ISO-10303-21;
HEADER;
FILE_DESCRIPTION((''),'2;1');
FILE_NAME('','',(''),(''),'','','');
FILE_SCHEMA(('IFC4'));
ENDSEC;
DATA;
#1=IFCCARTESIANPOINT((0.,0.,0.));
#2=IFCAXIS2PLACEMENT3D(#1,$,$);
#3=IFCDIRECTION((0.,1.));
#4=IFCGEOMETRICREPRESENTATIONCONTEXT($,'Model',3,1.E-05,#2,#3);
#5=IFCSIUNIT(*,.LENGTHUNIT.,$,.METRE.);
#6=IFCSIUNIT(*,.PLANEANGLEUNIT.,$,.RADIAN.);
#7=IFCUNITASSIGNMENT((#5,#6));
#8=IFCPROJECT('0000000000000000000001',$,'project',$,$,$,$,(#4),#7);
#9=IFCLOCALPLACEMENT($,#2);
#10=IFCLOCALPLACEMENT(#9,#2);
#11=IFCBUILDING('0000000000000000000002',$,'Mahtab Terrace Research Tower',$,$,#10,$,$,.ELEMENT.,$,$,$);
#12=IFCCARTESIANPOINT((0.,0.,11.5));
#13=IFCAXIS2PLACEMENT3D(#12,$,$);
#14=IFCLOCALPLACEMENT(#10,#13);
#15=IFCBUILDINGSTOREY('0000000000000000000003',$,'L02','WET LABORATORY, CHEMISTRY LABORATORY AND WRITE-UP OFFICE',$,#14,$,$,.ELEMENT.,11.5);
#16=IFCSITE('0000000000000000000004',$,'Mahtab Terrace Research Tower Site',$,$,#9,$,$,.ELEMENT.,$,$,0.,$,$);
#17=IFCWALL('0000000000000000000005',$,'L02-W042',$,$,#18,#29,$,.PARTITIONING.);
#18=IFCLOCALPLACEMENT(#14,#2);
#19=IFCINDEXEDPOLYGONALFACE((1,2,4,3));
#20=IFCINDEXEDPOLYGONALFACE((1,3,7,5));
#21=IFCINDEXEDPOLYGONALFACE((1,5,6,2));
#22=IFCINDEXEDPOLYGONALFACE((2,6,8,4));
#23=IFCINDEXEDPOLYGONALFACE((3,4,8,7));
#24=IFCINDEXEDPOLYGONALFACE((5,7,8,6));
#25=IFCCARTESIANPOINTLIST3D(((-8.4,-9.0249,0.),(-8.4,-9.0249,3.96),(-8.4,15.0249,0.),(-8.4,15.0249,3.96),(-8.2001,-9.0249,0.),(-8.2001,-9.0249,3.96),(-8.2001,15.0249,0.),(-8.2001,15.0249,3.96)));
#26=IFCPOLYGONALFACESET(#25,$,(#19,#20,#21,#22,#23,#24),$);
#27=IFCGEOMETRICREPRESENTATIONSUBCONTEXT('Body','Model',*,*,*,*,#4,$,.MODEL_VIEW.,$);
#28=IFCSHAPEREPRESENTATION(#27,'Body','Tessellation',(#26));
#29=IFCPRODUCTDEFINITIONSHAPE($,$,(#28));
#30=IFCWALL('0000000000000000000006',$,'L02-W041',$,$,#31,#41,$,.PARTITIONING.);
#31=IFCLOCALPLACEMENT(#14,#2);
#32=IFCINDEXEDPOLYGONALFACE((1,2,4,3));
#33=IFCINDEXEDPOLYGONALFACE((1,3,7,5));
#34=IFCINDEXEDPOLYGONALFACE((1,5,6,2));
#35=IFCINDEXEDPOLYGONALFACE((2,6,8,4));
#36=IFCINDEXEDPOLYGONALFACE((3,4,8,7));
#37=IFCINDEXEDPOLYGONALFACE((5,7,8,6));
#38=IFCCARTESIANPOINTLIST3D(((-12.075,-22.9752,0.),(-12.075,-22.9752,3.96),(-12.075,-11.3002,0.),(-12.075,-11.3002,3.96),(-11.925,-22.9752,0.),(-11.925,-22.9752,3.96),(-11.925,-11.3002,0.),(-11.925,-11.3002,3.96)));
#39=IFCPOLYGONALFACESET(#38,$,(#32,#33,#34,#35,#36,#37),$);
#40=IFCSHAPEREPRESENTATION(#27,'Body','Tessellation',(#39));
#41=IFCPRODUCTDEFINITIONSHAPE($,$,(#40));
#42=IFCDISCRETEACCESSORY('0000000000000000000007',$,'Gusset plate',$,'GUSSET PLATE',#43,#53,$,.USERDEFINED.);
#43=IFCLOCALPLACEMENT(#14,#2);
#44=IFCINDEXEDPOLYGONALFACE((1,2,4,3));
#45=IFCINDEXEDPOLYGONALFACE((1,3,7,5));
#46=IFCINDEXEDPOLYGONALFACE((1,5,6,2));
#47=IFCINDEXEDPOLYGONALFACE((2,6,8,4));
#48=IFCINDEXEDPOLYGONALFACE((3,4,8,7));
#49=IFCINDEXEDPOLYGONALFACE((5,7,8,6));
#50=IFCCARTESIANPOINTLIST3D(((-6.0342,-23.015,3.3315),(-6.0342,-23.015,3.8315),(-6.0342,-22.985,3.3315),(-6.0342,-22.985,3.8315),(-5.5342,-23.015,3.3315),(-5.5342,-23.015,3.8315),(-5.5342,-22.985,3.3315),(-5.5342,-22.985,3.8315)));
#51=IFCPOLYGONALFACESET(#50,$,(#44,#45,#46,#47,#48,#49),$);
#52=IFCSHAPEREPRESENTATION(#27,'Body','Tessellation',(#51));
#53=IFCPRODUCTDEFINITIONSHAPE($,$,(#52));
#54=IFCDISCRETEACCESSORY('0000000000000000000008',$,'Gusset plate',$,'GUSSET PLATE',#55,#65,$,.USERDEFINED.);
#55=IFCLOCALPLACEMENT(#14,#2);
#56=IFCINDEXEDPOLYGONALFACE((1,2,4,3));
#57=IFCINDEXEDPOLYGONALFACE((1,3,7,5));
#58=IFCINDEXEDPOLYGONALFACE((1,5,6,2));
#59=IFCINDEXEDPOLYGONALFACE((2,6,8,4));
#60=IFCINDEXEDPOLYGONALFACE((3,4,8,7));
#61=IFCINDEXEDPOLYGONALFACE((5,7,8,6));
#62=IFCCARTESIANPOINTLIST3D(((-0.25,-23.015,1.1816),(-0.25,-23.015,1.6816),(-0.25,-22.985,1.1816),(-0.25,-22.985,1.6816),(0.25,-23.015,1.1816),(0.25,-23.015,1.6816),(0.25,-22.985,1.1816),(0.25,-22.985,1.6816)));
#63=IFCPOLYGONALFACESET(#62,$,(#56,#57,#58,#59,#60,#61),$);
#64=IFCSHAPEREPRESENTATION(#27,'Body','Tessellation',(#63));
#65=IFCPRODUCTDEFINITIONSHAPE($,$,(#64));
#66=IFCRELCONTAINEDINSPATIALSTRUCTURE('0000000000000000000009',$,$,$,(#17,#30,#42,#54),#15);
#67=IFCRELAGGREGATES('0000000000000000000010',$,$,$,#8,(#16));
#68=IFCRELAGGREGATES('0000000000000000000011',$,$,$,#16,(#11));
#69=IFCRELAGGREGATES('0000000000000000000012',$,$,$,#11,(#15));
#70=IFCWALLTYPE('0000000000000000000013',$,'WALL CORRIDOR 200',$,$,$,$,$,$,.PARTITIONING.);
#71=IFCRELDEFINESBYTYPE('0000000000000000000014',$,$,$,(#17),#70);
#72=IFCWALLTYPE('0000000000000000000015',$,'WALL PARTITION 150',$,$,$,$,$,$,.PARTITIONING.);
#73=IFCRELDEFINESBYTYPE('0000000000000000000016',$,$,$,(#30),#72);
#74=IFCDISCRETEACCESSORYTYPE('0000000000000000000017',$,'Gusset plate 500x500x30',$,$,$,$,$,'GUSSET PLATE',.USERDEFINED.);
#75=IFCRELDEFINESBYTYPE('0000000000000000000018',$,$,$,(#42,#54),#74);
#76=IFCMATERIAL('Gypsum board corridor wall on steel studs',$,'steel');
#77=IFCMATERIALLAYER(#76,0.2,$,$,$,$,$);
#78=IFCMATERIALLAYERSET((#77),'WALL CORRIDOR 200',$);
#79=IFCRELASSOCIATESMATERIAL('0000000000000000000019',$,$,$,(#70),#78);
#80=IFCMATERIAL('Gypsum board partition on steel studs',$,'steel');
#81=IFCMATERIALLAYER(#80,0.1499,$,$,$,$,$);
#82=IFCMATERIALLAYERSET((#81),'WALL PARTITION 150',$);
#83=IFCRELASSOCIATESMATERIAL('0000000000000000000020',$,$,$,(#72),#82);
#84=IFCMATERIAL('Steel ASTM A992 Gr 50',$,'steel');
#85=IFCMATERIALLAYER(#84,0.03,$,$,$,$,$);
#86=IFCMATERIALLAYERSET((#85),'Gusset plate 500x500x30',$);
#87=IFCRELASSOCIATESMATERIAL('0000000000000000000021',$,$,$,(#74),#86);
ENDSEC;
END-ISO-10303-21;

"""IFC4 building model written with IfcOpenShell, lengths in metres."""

from ifc_helpers import new_model, si_unit, direction, frame, frame_2d, origin, origin_2d, place, context, subcontext, project, spatial, rectangle, extrude, material, layer, layer_set, type_object, element, save


model = new_model("IFC4")

# Units and contexts
model_context = context("Model", 3, precision=1e-05, world=origin(), true_north=direction((0.0, 1.0)))
body_context = subcontext(model_context, "Body", "Model", "MODEL_VIEW")
ifc_project = project(units=[si_unit("LENGTHUNIT", "METRE"), si_unit("PLANEANGLEUNIT", "RADIAN")], contexts=[model_context])

# Site, building, storey
site_placement = place(None, origin())
site = spatial("IfcSite", under=ifc_project, at=site_placement, Name="Mahtab Terrace Research Tower Site", CompositionType="ELEMENT", RefElevation=0.0)
building_placement = place(site_placement, origin())
building = spatial("IfcBuilding", under=site, at=building_placement, Name="Mahtab Terrace Research Tower", CompositionType="ELEMENT")
storey_placement = place(building_placement, frame((0.0, 0.0, 11.5)))
storey = spatial("IfcBuildingStorey", under=building, at=storey_placement, Name="L02", Description="WET LABORATORY, CHEMISTRY LABORATORY AND WRITE-UP OFFICE", CompositionType="ELEMENT", Elevation=11.5)

# Shared definitions
ifc_material_1 = material(Name="Steel ASTM A992 Gr 50", Category="steel")

# Shared definitions
ifc_material_2 = material(Name="Gypsum board corridor wall on steel studs", Category="steel")
ifc_layer_1 = layer(ifc_material_2, 0.2)
ifc_layer_set_1 = layer_set([ifc_layer_1], Name="WALL CORRIDOR 200")
wall_type_1 = type_object("IfcWallType", Name="WALL CORRIDOR 200", PredefinedType="PARTITIONING", material=ifc_layer_set_1)

# Walls
wall_1_placement = place(storey_placement, frame((-8.3, -9.0249, 0.0), z_axis=(0.0, 0.0, 1.0), x_axis=(0.0, 1.0, 0.0)))
element("IfcWall", 1, at=wall_1_placement, inside=storey, type_object=wall_type_1, Name="L02-W042", PredefinedType="PARTITIONING", context=body_context, shape_type="SweptSolid", body=[
    extrude(rectangle(XDim=24.0498, YDim=0.2, at=frame_2d((12.0249, 0.0))), origin(), (0.0, 0.0, 1.0), 3.96),
])
ifc_material_3 = material(Name="Gypsum board partition on steel studs", Category="steel")
ifc_layer_2 = layer(ifc_material_3, 0.1499)
ifc_layer_set_2 = layer_set([ifc_layer_2], Name="WALL PARTITION 150")
wall_type_2 = type_object("IfcWallType", Name="WALL PARTITION 150", PredefinedType="PARTITIONING", material=ifc_layer_set_2)
wall_2_placement = place(storey_placement, frame((-12.0, -22.9751, 0.0), z_axis=(0.0, 0.0, 1.0), x_axis=(0.0, 1.0, 0.0)))
element("IfcWall", 2, at=wall_2_placement, inside=storey, type_object=wall_type_2, Name="L02-W041", PredefinedType="PARTITIONING", context=body_context, shape_type="SweptSolid", body=[
    extrude(rectangle(XDim=11.675, YDim=0.1499, at=frame_2d((5.8374, 0.0))), origin(), (0.0, 0.0, 1.0), 3.96),
])

# Discrete accessories
ifc_layer_3 = layer(ifc_material_1, 0.03)
ifc_layer_set_3 = layer_set([ifc_layer_3], Name="Gusset plate 500x500x30")
discrete_accessory_type = type_object("IfcDiscreteAccessoryType", Name="Gusset plate 500x500x30", ElementType="GUSSET PLATE", PredefinedType="USERDEFINED", material=ifc_layer_set_3)
for number, where, z_axis, x_axis, name in (
    (3, (-5.7842, -23.0, 3.3315), (0.0, 0.0, 1.0), (1.0, 0.0, 0.0), "Gusset plate"),
    (4, (0.0, -23.0, 1.1816), (0.0, 0.0, 1.0), (1.0, 0.0, 0.0), "Gusset plate"),
):
    element("IfcDiscreteAccessory", number, at=place(storey_placement, frame(where, z_axis=z_axis, x_axis=x_axis)), inside=storey, type_object=discrete_accessory_type, Name=name, ObjectType="GUSSET PLATE", PredefinedType="USERDEFINED", context=body_context, shape_type="SweptSolid", body=[
        extrude(rectangle(XDim=0.5, YDim=0.03, at=origin_2d()), origin(), (0.0, 0.0, 1.0), 0.5),
    ])

save(model, "model.ifc")
